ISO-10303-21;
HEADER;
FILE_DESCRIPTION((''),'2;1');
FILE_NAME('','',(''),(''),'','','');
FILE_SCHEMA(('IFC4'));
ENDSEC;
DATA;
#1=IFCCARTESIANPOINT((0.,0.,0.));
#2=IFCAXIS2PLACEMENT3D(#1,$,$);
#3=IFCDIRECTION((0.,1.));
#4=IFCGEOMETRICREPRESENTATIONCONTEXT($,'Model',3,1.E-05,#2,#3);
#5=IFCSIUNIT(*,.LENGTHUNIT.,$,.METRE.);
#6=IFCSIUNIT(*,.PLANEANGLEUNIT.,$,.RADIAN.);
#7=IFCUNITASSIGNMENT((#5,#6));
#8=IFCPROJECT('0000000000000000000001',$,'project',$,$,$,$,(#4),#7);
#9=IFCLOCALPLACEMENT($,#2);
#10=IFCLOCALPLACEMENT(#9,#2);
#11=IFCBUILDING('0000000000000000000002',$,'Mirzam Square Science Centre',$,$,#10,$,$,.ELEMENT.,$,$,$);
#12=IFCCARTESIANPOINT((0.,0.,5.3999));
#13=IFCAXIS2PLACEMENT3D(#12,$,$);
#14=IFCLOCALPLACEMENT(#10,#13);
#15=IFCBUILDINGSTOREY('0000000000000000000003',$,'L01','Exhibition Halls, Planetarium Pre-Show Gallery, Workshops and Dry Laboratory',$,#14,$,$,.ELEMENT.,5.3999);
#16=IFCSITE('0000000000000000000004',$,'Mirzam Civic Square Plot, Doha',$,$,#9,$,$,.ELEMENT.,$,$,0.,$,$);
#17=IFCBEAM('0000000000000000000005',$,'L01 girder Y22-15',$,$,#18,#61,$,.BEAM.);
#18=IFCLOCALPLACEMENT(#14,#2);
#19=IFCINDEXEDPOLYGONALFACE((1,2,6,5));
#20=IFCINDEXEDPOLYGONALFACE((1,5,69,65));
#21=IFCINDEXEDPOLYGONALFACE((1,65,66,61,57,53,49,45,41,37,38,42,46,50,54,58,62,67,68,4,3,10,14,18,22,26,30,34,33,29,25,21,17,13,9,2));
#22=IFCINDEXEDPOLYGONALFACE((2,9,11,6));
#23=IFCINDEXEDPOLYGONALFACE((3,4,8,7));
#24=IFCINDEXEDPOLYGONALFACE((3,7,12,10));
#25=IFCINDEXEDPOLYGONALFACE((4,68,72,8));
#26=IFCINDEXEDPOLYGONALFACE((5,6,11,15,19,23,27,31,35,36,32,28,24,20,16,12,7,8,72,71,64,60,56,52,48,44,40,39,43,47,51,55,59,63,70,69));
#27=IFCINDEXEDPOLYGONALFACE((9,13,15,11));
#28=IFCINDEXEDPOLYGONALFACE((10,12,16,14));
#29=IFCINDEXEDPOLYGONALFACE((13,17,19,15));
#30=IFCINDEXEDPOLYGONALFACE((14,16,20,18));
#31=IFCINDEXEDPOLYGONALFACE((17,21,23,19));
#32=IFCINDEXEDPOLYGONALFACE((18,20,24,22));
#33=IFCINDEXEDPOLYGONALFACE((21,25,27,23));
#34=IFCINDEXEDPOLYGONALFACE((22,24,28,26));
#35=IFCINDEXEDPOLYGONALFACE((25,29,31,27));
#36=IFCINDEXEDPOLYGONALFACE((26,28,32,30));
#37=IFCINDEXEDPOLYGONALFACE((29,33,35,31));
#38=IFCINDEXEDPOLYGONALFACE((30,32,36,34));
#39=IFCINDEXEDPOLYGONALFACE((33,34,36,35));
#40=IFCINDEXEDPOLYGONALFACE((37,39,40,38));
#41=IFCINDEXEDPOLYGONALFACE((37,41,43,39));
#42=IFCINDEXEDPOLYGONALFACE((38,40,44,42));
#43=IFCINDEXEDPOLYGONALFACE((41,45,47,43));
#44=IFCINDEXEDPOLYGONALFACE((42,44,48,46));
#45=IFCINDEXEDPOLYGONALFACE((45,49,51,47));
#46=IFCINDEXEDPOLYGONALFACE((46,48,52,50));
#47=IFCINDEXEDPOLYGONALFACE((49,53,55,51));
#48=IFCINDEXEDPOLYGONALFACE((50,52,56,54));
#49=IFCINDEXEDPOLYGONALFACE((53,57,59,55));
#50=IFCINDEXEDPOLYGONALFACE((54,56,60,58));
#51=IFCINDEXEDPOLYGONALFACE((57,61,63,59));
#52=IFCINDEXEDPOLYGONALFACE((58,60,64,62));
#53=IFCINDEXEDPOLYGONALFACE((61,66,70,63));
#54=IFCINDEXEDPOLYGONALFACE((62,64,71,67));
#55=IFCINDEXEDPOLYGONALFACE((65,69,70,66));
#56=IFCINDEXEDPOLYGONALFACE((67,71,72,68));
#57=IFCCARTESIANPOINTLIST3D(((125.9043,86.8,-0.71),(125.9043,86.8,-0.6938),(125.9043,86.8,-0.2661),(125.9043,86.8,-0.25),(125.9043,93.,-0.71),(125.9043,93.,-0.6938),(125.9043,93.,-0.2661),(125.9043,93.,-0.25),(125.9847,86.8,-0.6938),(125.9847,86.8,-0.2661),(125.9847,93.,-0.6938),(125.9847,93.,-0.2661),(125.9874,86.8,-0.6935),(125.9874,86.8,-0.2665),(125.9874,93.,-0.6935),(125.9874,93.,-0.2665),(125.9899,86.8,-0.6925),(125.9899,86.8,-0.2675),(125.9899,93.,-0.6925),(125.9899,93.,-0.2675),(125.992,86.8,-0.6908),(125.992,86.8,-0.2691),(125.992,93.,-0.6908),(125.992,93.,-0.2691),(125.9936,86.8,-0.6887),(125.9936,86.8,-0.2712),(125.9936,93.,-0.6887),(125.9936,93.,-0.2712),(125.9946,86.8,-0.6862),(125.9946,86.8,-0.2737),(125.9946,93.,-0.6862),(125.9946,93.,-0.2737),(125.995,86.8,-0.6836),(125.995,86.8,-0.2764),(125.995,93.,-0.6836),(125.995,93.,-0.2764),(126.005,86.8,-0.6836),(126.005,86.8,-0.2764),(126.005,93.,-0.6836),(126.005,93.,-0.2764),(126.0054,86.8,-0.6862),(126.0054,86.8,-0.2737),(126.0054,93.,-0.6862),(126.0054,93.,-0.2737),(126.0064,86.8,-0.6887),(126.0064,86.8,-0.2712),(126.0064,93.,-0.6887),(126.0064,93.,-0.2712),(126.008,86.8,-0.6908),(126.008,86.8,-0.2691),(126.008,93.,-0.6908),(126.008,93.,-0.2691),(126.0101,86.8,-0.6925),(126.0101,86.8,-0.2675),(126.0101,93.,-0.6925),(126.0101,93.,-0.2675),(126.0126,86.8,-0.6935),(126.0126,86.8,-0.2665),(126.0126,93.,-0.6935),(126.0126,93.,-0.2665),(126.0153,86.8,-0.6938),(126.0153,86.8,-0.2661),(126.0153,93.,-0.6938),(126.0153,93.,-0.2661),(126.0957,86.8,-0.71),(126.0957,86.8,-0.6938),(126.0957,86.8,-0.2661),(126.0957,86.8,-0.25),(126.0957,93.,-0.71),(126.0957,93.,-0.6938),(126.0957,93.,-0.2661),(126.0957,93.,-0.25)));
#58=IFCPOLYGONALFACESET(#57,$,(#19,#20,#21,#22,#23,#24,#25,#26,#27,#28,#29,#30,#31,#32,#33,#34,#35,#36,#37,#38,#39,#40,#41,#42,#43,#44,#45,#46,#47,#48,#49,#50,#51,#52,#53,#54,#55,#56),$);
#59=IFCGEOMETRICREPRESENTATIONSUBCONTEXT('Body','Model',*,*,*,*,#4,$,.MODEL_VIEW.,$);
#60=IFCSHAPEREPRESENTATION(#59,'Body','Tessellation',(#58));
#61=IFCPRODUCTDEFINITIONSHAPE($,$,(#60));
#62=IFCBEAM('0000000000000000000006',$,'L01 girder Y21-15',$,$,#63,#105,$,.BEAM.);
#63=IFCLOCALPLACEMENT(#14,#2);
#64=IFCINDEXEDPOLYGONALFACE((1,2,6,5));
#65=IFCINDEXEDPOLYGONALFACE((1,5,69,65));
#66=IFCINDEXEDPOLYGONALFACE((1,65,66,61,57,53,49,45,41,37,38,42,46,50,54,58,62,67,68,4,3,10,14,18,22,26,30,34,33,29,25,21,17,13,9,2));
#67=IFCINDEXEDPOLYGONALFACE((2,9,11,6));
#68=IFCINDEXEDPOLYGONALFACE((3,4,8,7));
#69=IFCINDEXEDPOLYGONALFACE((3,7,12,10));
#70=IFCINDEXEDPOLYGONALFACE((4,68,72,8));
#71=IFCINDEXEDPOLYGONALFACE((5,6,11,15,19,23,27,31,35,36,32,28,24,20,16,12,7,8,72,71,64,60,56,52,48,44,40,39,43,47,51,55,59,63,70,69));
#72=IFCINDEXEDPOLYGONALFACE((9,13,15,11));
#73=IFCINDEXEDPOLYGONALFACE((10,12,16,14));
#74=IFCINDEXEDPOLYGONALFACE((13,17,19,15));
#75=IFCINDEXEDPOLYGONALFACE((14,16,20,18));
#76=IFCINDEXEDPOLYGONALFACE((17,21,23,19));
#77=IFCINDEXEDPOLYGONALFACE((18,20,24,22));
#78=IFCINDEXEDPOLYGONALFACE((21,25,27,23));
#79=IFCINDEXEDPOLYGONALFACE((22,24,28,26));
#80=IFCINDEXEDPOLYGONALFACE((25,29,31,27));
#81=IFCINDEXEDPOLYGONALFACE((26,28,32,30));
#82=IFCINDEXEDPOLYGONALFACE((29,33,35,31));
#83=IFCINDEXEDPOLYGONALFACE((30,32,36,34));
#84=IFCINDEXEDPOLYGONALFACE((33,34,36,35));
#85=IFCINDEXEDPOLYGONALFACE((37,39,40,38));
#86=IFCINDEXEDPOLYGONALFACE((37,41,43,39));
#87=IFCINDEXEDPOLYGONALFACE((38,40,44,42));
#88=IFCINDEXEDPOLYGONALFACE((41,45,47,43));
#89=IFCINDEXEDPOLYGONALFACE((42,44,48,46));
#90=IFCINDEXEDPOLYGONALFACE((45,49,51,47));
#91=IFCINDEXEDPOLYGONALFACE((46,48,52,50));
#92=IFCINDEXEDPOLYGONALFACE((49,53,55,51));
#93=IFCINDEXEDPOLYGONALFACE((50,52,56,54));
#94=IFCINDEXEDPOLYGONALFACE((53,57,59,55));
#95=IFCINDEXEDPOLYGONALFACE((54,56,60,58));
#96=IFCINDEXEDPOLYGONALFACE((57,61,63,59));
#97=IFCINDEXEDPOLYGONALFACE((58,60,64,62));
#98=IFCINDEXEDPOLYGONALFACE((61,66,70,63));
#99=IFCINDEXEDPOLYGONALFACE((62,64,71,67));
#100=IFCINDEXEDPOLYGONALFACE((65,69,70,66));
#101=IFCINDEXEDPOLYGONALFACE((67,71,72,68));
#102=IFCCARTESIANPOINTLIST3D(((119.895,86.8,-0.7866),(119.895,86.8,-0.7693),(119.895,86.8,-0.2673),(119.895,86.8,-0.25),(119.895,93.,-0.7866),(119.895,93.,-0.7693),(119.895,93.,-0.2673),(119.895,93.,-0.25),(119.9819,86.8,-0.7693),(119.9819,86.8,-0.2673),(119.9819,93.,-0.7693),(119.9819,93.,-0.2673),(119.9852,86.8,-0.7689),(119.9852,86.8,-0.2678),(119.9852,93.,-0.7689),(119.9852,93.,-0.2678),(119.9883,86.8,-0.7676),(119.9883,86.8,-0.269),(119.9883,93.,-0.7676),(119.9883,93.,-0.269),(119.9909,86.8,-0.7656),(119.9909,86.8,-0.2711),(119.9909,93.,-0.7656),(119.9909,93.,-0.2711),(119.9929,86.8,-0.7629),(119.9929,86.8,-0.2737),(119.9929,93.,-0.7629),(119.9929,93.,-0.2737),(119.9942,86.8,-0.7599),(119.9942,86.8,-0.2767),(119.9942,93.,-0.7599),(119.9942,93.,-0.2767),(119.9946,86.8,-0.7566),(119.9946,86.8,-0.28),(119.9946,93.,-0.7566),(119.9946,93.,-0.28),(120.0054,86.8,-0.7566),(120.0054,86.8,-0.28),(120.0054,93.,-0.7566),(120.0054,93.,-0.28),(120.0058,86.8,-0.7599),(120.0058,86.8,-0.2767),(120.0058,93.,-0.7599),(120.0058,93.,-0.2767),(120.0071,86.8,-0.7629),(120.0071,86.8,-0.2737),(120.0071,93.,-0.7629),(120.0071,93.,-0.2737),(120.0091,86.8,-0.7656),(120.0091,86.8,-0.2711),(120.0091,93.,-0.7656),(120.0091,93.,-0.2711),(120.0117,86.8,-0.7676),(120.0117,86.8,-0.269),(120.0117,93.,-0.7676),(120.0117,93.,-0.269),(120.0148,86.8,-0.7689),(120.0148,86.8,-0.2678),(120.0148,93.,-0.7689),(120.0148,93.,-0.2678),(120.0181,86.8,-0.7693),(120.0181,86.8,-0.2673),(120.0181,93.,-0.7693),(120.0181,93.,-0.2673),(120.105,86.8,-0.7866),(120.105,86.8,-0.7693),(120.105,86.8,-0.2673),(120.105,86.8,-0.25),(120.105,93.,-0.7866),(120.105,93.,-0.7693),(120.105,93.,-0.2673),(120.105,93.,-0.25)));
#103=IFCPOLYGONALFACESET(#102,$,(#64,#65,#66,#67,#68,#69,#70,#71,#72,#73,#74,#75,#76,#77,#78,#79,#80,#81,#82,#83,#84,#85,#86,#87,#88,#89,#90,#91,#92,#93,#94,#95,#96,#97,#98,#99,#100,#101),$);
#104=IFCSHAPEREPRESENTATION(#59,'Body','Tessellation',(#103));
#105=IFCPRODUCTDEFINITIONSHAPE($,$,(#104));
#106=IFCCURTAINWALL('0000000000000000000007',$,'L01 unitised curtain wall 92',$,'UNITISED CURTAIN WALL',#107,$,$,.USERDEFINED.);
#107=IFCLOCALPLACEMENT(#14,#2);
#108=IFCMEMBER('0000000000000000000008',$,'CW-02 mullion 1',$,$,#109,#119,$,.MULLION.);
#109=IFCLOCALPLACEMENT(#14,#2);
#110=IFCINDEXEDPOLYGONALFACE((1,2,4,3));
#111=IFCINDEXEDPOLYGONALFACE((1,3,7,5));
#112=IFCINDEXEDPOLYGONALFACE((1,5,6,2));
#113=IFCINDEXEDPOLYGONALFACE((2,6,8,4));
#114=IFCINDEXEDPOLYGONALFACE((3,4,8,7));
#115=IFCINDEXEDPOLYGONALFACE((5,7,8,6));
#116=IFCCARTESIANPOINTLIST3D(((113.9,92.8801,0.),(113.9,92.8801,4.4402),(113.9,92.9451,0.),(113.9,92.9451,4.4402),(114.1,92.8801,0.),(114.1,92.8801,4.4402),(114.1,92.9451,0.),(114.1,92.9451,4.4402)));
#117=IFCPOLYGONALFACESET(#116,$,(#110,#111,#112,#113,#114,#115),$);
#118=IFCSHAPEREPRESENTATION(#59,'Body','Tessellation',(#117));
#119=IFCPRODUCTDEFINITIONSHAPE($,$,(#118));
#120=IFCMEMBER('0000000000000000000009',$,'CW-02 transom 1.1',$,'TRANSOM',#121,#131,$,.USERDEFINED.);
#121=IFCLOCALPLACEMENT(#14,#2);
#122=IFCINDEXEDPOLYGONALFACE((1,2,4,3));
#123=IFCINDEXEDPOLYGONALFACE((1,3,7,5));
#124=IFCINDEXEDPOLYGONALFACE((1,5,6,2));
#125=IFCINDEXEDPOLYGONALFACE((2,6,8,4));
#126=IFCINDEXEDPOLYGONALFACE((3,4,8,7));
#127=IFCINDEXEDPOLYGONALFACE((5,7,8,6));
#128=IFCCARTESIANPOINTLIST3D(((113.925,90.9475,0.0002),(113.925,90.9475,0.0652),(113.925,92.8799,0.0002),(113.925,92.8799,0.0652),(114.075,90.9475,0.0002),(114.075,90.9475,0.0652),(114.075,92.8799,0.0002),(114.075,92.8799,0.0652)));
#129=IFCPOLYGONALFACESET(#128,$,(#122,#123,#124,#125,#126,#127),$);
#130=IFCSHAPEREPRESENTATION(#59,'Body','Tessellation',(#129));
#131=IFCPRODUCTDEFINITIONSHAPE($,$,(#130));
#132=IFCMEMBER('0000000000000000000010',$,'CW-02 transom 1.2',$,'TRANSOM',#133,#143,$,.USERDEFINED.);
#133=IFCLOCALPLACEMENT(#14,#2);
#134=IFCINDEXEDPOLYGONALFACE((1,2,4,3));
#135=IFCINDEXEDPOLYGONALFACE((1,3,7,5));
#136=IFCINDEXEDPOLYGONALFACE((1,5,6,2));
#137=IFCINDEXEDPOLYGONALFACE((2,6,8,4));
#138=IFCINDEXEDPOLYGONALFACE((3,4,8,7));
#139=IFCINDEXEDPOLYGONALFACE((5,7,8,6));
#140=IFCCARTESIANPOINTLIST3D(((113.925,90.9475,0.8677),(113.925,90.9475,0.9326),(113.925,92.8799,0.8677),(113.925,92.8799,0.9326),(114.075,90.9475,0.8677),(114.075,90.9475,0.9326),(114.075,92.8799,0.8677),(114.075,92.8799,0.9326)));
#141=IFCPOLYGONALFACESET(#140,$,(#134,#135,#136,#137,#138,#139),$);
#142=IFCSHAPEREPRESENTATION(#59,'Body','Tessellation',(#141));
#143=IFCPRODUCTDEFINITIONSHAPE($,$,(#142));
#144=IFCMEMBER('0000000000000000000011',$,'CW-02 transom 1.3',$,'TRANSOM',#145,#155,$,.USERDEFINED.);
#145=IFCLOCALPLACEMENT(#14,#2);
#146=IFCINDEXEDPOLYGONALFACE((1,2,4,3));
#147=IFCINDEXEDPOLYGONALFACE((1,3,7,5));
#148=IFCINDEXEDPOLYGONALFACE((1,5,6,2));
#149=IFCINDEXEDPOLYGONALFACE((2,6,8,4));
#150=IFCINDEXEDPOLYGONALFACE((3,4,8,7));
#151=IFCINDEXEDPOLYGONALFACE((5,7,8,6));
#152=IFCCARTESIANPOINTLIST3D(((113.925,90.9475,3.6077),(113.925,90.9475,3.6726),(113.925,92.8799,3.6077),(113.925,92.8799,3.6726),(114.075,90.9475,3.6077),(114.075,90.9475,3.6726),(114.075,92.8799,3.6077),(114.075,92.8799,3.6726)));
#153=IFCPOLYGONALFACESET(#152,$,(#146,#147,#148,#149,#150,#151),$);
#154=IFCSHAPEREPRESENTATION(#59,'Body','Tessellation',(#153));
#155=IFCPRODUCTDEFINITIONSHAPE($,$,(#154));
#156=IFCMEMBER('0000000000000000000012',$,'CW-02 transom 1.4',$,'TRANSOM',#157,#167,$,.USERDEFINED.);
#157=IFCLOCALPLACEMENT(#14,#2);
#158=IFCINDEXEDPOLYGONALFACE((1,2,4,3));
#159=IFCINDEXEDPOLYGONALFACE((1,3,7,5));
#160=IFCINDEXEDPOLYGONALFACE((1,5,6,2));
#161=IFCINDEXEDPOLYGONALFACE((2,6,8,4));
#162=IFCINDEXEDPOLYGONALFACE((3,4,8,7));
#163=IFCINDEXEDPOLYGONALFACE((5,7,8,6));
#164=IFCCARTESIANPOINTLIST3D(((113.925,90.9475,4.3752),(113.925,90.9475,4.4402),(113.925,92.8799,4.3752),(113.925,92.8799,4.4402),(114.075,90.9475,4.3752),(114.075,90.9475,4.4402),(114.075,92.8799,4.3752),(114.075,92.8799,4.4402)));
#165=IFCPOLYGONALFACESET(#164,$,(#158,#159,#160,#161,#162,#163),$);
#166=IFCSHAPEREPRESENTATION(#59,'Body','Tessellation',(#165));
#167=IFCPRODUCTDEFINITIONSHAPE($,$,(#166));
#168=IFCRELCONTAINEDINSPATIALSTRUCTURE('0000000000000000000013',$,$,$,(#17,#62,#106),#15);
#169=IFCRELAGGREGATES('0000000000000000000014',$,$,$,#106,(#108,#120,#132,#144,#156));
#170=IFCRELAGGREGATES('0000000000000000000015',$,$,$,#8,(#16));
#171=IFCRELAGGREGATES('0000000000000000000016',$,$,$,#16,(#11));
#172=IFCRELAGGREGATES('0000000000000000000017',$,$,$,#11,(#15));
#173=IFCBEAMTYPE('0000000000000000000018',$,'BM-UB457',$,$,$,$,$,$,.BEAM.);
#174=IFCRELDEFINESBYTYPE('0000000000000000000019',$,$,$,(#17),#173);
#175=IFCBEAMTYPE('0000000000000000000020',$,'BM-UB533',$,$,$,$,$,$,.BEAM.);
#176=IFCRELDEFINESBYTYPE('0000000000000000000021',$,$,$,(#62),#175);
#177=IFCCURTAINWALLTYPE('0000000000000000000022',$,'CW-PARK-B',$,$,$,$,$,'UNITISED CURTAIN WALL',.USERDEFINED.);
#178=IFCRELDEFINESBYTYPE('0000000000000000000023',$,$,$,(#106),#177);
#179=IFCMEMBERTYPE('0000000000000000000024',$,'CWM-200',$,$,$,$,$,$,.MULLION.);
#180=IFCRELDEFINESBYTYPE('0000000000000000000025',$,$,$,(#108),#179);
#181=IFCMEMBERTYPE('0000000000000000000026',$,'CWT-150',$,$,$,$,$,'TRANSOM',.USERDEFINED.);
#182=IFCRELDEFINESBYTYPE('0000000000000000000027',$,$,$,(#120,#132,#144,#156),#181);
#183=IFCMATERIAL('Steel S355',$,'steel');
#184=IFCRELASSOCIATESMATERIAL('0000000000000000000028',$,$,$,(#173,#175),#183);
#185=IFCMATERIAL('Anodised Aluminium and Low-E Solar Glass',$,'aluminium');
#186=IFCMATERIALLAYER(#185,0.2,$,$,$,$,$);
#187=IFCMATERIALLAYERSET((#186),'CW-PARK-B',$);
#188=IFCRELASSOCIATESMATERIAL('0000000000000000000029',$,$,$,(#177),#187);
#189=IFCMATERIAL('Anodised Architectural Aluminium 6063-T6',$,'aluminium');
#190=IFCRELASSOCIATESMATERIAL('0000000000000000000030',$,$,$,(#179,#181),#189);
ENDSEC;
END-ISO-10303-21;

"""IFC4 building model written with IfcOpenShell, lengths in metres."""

from ifc_helpers import new_model, si_unit, direction, frame, origin, origin_2d, place, context, subcontext, project, spatial, rectangle, i_section, extrude, material, layer, layer_set, material_profile, profile_set, type_object, element, aggregate, save


model = new_model("IFC4")

# Units and contexts
model_context = context("Model", 3, precision=1e-05, world=origin(), true_north=direction((0.0, 1.0)))
body_context = subcontext(model_context, "Body", "Model", "MODEL_VIEW")
ifc_project = project(units=[si_unit("LENGTHUNIT", "METRE"), si_unit("PLANEANGLEUNIT", "RADIAN")], contexts=[model_context])

# Site, building, storey
site_placement = place(None, origin())
site = spatial("IfcSite", under=ifc_project, at=site_placement, Name="Mirzam Civic Square Plot, Doha", CompositionType="ELEMENT", RefElevation=0.0)
building_placement = place(site_placement, origin())
building = spatial("IfcBuilding", under=site, at=building_placement, Name="Mirzam Square Science Centre", CompositionType="ELEMENT")
storey_placement = place(building_placement, frame((0.0, 0.0, 5.3999)))
storey = spatial("IfcBuildingStorey", under=building, at=storey_placement, Name="L01", Description="Exhibition Halls, Planetarium Pre-Show Gallery, Workshops and Dry Laboratory", CompositionType="ELEMENT", Elevation=5.3999)

# Shared definitions
ifc_material_1 = material(Name="Steel S355", Category="steel")

# Beams
ifc_material_profile_1 = material_profile(ifc_material_1, i_section(OverallWidth=0.1914, OverallDepth=0.46, WebThickness=0.01, FlangeThickness=0.0161, FilletRadius=0.0103, at=origin_2d()), Name="457x191x82UB")
ifc_profile_set_1 = profile_set([ifc_material_profile_1], Name="Steel S355")
beam_type_1 = type_object("IfcBeamType", Name="BM-UB457", PredefinedType="BEAM", material=ifc_profile_set_1)
beam_1_placement = place(storey_placement, frame((126.0, 86.8, -0.48), z_axis=(0.0, 1.0, 0.0), x_axis=(-1.0, 0.0, 0.0)))
element("IfcBeam", 1, at=beam_1_placement, inside=storey, type_object=beam_type_1, Name="L01 girder Y22-15", PredefinedType="BEAM", context=body_context, shape_type="SweptSolid", body=[
    extrude(i_section(OverallWidth=0.1914, OverallDepth=0.46, WebThickness=0.01, FlangeThickness=0.0161, FilletRadius=0.0103, at=origin_2d()), origin(), (0.0, 0.0, 1.0), 6.2),
])
ifc_material_profile_2 = material_profile(ifc_material_1, i_section(OverallWidth=0.21, OverallDepth=0.5366, WebThickness=0.0107, FlangeThickness=0.0173, FilletRadius=0.0127, at=origin_2d()), Name="533x210x101UB")
ifc_profile_set_2 = profile_set([ifc_material_profile_2], Name="Steel S355")
beam_type_2 = type_object("IfcBeamType", Name="BM-UB533", PredefinedType="BEAM", material=ifc_profile_set_2)
beam_2_placement = place(storey_placement, frame((120.0, 86.8, -0.5183), z_axis=(0.0, 1.0, 0.0), x_axis=(-1.0, 0.0, 0.0)))
element("IfcBeam", 2, at=beam_2_placement, inside=storey, type_object=beam_type_2, Name="L01 girder Y21-15", PredefinedType="BEAM", context=body_context, shape_type="SweptSolid", body=[
    extrude(i_section(OverallWidth=0.21, OverallDepth=0.5366, WebThickness=0.0107, FlangeThickness=0.0173, FilletRadius=0.0127, at=origin_2d()), origin(), (0.0, 0.0, 1.0), 6.2),
])

# Curtain wall, members
ifc_material_2 = material(Name="Anodised Aluminium and Low-E Solar Glass", Category="aluminium")
ifc_layer_1 = layer(ifc_material_2, 0.2)
ifc_layer_set_1 = layer_set([ifc_layer_1], Name="CW-PARK-B")
curtain_wall_type = type_object("IfcCurtainWallType", Name="CW-PARK-B", ElementType="UNITISED CURTAIN WALL", PredefinedType="USERDEFINED", material=ifc_layer_set_1)
curtain_wall_placement = place(storey_placement, origin())
curtain_wall = element("IfcCurtainWall", 3, at=curtain_wall_placement, inside=storey, type_object=curtain_wall_type, Name="L01 unitised curtain wall 92", ObjectType="UNITISED CURTAIN WALL", PredefinedType="USERDEFINED")
ifc_material_3 = material(Name="Anodised Architectural Aluminium 6063-T6", Category="aluminium")
ifc_material_profile_3 = material_profile(ifc_material_3, rectangle(XDim=0.0649, YDim=0.2, at=origin_2d()), Name="ALU-MULL-200x65x5")
ifc_profile_set_3 = profile_set([ifc_material_profile_3], Name="Anodised Architectural Aluminium 6063-T6")
member_type_1 = type_object("IfcMemberType", Name="CWM-200", PredefinedType="MULLION", material=ifc_profile_set_3)
member_1_placement = place(storey_placement, frame((114.0, 92.9126, 0.0), z_axis=(0.0, 0.0, 1.0), x_axis=(0.0, -1.0, 0.0)))
member_1 = element("IfcMember", 4, at=member_1_placement, type_object=member_type_1, Name="CW-02 mullion 1", PredefinedType="MULLION", context=body_context, shape_type="SweptSolid", body=[
    extrude(rectangle(XDim=0.0649, YDim=0.2, at=origin_2d()), origin(), (0.0, 0.0, 1.0), 4.4402),
])
ifc_material_profile_4 = material_profile(ifc_material_3, rectangle(XDim=0.1499, YDim=0.0649, at=origin_2d()), Name="ALU-TRAN-150x65x4")
ifc_profile_set_4 = profile_set([ifc_material_profile_4], Name="Anodised Architectural Aluminium 6063-T6")
member_type_2 = type_object("IfcMemberType", Name="CWT-150", ElementType="TRANSOM", PredefinedType="USERDEFINED", material=ifc_profile_set_4)
member_2_placement = place(storey_placement, frame((114.0, 92.8799, 0.0327), z_axis=(0.0, -1.0, 0.0), x_axis=(1.0, 0.0, 0.0)))
member_2 = element("IfcMember", 5, at=member_2_placement, type_object=member_type_2, Name="CW-02 transom 1.1", ObjectType="TRANSOM", PredefinedType="USERDEFINED", context=body_context, shape_type="SweptSolid", body=[
    extrude(rectangle(XDim=0.1499, YDim=0.0649, at=origin_2d()), origin(), (0.0, 0.0, 1.0), 1.9324),
])
member_3_placement = place(storey_placement, frame((114.0, 92.8799, 0.9001), z_axis=(0.0, -1.0, 0.0), x_axis=(1.0, 0.0, 0.0)))
member_3 = element("IfcMember", 6, at=member_3_placement, type_object=member_type_2, Name="CW-02 transom 1.2", ObjectType="TRANSOM", PredefinedType="USERDEFINED", context=body_context, shape_type="SweptSolid", body=[
    extrude(rectangle(XDim=0.1499, YDim=0.0649, at=origin_2d()), origin(), (0.0, 0.0, 1.0), 1.9324),
])
member_4_placement = place(storey_placement, frame((114.0, 92.8799, 3.6401), z_axis=(0.0, -1.0, 0.0), x_axis=(1.0, 0.0, 0.0)))
member_4 = element("IfcMember", 7, at=member_4_placement, type_object=member_type_2, Name="CW-02 transom 1.3", ObjectType="TRANSOM", PredefinedType="USERDEFINED", context=body_context, shape_type="SweptSolid", body=[
    extrude(rectangle(XDim=0.1499, YDim=0.0649, at=origin_2d()), origin(), (0.0, 0.0, 1.0), 1.9324),
])
member_5_placement = place(storey_placement, frame((114.0, 92.8799, 4.4077), z_axis=(0.0, -1.0, 0.0), x_axis=(1.0, 0.0, 0.0)))
member_5 = element("IfcMember", 8, at=member_5_placement, type_object=member_type_2, Name="CW-02 transom 1.4", ObjectType="TRANSOM", PredefinedType="USERDEFINED", context=body_context, shape_type="SweptSolid", body=[
    extrude(rectangle(XDim=0.1499, YDim=0.0649, at=origin_2d()), origin(), (0.0, 0.0, 1.0), 1.9324),
])

aggregate(curtain_wall, [member_1, member_2, member_3, member_4, member_5])

save(model, "model.ifc")
